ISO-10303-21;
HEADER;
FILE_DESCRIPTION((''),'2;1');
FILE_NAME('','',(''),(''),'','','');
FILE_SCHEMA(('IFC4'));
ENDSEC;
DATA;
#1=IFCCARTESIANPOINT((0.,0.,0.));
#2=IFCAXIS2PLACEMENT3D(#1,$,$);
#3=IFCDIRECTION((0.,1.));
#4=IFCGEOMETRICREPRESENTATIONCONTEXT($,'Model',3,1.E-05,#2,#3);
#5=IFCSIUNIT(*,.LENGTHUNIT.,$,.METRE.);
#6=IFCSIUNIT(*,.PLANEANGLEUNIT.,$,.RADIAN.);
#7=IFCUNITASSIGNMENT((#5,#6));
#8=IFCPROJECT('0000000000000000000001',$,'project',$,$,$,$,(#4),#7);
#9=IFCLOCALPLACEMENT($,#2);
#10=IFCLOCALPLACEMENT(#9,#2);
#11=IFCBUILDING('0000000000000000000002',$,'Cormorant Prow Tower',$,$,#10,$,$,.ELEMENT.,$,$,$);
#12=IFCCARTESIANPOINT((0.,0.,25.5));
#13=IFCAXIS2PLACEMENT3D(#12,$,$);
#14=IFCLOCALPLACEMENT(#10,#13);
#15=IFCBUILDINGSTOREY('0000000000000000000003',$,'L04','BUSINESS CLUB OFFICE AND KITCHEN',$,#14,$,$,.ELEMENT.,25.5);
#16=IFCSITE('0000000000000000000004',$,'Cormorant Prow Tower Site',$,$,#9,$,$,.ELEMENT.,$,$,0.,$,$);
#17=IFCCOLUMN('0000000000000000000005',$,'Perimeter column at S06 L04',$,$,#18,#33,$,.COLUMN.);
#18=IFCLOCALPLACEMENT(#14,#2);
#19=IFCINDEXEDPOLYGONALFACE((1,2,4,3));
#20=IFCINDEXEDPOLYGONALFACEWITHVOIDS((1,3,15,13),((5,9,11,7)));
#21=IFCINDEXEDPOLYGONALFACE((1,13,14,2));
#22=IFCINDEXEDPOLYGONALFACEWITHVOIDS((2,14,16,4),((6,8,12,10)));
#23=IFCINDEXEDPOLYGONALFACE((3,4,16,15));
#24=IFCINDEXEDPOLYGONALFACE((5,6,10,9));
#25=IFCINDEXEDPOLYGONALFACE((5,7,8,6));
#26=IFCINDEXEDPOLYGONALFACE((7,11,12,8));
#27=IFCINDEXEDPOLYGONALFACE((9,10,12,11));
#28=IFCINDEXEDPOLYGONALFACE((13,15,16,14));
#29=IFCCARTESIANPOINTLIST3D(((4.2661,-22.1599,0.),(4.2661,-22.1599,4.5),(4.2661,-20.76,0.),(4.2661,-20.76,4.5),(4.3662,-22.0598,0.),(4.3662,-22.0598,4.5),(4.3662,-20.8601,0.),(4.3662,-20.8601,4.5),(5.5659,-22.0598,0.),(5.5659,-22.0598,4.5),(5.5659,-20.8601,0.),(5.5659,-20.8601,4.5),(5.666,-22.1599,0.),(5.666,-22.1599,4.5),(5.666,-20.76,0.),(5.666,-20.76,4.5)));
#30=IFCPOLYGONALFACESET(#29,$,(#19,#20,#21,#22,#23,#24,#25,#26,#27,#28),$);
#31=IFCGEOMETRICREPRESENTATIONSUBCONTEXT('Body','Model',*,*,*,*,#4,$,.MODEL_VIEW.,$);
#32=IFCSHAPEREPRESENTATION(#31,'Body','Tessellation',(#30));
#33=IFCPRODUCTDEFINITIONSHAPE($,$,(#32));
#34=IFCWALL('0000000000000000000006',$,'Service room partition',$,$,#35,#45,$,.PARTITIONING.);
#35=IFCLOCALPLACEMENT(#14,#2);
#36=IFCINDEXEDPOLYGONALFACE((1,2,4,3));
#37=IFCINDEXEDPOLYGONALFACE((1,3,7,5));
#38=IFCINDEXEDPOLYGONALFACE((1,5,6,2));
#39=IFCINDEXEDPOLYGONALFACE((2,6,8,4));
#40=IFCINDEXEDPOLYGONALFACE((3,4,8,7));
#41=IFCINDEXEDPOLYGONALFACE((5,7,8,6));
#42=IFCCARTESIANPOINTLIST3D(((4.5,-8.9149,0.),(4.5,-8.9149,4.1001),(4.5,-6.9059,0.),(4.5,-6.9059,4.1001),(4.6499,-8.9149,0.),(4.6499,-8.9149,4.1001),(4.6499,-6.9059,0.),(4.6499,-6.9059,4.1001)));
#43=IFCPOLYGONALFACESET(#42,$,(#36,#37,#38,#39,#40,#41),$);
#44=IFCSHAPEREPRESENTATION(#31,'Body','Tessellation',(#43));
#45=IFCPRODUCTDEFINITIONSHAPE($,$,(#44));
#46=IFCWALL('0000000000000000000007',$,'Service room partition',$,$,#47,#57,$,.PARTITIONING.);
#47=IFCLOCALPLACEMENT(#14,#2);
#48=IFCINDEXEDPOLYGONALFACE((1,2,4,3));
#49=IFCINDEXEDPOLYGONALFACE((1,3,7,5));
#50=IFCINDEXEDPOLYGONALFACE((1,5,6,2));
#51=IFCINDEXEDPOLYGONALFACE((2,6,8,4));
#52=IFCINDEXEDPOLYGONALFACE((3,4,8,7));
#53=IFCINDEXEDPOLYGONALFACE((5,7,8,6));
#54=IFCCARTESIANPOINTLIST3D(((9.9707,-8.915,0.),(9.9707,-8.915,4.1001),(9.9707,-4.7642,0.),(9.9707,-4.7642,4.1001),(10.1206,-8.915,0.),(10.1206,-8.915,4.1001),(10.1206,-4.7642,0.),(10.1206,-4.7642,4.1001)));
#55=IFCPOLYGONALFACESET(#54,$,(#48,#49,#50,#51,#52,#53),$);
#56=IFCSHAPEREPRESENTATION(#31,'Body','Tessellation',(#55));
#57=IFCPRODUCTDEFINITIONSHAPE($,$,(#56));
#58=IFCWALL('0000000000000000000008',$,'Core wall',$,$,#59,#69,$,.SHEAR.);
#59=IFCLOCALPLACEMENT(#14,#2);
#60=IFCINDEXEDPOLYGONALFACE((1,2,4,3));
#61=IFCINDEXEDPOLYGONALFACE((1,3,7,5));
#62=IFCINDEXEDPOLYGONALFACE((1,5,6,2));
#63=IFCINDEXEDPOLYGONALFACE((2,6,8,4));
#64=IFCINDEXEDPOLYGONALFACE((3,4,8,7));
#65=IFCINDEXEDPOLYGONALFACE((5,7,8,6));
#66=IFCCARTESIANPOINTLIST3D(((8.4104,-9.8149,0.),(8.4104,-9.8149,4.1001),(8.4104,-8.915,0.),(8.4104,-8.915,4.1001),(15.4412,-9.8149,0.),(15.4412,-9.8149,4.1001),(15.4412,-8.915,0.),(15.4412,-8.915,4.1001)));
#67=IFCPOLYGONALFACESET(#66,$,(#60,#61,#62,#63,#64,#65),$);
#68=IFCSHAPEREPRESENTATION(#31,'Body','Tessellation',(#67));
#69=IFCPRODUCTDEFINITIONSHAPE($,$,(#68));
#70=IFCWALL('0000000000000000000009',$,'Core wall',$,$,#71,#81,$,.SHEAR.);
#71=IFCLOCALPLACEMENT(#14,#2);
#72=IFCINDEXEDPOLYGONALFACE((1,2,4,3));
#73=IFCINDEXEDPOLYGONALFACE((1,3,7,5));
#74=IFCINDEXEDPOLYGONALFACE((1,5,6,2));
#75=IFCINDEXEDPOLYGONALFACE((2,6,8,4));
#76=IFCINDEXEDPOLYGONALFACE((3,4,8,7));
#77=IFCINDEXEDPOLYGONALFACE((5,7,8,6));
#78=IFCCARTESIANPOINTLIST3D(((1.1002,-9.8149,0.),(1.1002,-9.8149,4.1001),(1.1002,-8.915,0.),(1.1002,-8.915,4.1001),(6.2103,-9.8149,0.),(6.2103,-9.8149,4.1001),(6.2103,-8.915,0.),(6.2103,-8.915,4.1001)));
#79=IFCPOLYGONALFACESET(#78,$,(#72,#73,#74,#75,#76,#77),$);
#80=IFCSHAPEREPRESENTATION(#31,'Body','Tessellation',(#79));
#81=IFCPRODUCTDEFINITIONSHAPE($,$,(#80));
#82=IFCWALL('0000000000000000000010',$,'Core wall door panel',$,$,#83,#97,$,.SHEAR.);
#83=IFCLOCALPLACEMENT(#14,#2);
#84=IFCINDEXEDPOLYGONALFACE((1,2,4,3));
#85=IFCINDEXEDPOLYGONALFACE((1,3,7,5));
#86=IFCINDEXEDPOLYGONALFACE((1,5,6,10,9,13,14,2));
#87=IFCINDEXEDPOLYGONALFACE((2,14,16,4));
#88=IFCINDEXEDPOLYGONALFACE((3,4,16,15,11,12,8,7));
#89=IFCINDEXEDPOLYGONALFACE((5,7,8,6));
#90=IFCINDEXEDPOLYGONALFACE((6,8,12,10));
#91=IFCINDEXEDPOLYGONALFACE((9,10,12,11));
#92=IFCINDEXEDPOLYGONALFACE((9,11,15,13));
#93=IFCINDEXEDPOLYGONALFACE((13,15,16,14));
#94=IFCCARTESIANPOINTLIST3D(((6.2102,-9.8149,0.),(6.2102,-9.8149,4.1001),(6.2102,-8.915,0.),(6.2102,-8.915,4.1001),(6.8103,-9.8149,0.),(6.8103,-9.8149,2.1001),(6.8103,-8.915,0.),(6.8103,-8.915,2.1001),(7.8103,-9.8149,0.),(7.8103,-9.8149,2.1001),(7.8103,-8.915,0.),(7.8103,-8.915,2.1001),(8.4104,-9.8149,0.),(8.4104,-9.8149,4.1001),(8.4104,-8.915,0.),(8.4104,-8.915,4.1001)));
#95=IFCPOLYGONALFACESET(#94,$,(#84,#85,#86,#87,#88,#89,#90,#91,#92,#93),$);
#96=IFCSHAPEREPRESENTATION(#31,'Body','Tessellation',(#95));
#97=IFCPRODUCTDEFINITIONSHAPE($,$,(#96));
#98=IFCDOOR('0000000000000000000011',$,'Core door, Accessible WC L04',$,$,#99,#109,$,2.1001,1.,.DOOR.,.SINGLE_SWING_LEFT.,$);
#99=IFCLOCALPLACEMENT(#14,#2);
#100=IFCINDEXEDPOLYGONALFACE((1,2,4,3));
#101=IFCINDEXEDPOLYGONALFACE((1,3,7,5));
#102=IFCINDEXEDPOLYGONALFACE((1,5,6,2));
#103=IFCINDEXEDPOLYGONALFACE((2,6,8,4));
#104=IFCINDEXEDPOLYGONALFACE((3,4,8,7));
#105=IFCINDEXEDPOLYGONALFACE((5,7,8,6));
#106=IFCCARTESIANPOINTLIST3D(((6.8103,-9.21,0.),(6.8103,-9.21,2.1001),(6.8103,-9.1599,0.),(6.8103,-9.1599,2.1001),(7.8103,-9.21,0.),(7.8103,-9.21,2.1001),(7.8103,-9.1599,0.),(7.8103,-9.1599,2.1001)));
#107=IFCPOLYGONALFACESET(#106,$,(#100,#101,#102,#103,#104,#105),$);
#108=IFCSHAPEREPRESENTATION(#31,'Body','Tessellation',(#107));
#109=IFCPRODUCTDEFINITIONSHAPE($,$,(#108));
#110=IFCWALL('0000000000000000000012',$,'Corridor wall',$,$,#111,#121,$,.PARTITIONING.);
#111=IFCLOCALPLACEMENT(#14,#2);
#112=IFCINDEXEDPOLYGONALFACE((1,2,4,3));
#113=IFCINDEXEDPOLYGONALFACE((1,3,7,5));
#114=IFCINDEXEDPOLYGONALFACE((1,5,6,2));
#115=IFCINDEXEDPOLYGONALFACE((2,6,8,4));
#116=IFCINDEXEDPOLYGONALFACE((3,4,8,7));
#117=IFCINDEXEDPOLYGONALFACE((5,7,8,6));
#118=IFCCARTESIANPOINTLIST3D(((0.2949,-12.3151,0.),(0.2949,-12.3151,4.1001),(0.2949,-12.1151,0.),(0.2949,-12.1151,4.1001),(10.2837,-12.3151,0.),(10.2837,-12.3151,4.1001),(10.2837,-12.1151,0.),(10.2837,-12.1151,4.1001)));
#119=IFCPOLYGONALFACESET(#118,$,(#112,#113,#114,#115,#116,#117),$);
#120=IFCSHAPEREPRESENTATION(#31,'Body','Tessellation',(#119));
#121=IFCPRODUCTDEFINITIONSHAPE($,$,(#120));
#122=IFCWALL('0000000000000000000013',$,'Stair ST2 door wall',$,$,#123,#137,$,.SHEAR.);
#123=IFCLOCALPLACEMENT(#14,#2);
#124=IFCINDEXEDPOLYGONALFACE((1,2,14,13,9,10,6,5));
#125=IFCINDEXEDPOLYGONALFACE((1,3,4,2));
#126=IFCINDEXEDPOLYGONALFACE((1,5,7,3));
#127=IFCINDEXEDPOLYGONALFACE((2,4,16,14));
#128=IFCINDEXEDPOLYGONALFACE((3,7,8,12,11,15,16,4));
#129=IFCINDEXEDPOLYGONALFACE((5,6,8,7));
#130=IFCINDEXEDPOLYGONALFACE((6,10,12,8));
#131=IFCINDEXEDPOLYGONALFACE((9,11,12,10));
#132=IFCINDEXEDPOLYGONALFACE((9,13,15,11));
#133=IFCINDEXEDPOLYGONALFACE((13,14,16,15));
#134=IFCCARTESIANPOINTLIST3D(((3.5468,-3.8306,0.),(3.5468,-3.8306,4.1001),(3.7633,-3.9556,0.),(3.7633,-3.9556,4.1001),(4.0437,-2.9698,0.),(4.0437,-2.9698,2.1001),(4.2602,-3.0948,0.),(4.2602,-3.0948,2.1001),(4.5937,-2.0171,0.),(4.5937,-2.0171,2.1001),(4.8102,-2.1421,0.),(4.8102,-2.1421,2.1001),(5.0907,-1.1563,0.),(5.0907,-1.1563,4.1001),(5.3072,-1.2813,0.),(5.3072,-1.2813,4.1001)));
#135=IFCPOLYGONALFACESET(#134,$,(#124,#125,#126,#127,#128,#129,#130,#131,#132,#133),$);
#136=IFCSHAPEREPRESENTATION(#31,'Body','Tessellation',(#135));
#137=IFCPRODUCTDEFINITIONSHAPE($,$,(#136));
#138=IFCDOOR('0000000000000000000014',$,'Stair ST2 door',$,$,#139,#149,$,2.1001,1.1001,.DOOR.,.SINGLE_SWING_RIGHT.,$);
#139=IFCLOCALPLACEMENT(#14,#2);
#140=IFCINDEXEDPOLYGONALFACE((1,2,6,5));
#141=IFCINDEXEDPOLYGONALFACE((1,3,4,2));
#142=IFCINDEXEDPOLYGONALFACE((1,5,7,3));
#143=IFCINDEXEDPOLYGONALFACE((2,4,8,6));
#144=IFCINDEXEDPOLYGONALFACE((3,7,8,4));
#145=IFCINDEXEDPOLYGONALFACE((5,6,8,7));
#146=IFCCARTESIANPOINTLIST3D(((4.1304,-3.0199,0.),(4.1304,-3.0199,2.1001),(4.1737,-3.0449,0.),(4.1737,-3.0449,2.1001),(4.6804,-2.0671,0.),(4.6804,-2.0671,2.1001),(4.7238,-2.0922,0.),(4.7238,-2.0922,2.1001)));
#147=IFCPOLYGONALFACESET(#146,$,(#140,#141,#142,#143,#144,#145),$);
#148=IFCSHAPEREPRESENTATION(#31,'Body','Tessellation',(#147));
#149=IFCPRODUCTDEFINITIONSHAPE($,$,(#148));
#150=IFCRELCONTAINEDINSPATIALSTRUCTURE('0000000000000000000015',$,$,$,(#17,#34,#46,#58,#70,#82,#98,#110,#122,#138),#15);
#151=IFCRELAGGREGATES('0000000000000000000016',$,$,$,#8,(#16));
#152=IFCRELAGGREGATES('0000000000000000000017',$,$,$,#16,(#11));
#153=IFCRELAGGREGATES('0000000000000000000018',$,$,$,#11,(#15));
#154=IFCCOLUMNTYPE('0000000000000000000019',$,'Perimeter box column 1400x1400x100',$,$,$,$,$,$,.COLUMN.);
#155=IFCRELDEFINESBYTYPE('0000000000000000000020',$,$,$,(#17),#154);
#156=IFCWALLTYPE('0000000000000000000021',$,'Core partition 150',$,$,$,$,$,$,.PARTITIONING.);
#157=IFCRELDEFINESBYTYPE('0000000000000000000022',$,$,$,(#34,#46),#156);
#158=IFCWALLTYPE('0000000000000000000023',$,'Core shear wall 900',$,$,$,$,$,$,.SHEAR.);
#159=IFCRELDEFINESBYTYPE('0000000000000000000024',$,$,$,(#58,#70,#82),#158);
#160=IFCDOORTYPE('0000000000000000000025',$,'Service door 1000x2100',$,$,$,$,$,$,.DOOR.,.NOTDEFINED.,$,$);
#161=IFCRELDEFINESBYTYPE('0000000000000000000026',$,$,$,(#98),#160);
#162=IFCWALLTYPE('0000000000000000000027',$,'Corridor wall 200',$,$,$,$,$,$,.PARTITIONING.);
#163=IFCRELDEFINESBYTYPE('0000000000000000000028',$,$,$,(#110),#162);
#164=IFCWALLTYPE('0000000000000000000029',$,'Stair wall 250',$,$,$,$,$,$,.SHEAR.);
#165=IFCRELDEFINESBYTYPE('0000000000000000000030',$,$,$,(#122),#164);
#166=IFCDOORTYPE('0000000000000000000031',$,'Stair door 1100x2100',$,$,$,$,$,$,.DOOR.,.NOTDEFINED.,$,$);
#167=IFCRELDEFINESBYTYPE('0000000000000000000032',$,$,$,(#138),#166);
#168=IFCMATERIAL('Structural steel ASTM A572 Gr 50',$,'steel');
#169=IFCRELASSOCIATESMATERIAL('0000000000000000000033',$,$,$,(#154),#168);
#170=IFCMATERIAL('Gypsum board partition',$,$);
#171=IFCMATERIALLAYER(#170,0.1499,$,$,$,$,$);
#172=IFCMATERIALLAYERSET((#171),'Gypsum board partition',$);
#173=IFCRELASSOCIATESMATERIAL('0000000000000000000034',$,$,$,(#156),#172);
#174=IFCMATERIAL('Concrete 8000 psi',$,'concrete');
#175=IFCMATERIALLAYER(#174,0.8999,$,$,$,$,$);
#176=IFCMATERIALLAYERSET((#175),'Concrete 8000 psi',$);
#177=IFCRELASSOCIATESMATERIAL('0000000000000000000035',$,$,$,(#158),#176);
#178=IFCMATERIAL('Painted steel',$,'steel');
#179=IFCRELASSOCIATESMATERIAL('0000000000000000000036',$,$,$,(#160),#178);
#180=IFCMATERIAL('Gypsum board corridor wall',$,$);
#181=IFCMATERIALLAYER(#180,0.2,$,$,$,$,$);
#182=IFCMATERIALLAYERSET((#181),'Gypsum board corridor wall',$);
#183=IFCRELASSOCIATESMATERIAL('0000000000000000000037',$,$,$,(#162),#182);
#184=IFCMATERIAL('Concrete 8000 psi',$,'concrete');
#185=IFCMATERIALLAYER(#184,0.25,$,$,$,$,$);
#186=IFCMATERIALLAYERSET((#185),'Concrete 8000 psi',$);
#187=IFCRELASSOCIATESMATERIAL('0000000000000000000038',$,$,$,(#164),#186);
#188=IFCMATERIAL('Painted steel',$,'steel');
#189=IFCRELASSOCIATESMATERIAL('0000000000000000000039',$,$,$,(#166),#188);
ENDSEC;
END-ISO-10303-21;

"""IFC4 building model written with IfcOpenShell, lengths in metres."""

from ifc_helpers import new_model, si_unit, direction, frame, frame_2d, origin, origin_2d, place, context, subcontext, project, spatial, rectangle, hollow_rectangle, extrude, material, layer, layer_set, material_profile, profile_set, type_object, element, fill, save


model = new_model("IFC4")

# Units and contexts
model_context = context("Model", 3, precision=1e-05, world=origin(), true_north=direction((0.0, 1.0)))
body_context = subcontext(model_context, "Body", "Model", "MODEL_VIEW")
ifc_project = project(units=[si_unit("LENGTHUNIT", "METRE"), si_unit("PLANEANGLEUNIT", "RADIAN")], contexts=[model_context])

# Site, building, storey
site_placement = place(None, origin())
site = spatial("IfcSite", under=ifc_project, at=site_placement, Name="Cormorant Prow Tower Site", CompositionType="ELEMENT", RefElevation=0.0)
building_placement = place(site_placement, origin())
building = spatial("IfcBuilding", under=site, at=building_placement, Name="Cormorant Prow Tower", CompositionType="ELEMENT")
storey_placement = place(building_placement, frame((0.0, 0.0, 25.5)))
storey = spatial("IfcBuildingStorey", under=building, at=storey_placement, Name="L04", Description="BUSINESS CLUB OFFICE AND KITCHEN", CompositionType="ELEMENT", Elevation=25.5)

# Column
ifc_material_1 = material(Name="Structural steel ASTM A572 Gr 50", Category="steel")
ifc_material_profile = material_profile(ifc_material_1, hollow_rectangle(XDim=1.3999, YDim=1.3999, WallThickness=0.1001, at=origin_2d()), Name="Box 1400x1400x100")
ifc_profile_set = profile_set([ifc_material_profile], Name="Structural steel ASTM A572 Gr 50")
column_type = type_object("IfcColumnType", Name="Perimeter box column 1400x1400x100", PredefinedType="COLUMN", material=ifc_profile_set)
column_placement = place(storey_placement, frame((4.9661, -21.46, 0.0), z_axis=(0.0, 0.0, 1.0), x_axis=(1.0, 0.0, 0.0)))
element("IfcColumn", 1, at=column_placement, inside=storey, type_object=column_type, Name="Perimeter column at S06 L04", PredefinedType="COLUMN", context=body_context, shape_type="SweptSolid", body=[
    extrude(hollow_rectangle(XDim=1.3999, YDim=1.3999, WallThickness=0.1001, at=origin_2d()), origin(), (0.0, 0.0, 1.0), 4.5),
])

# Walls
ifc_material_2 = material(Name="Gypsum board partition")
ifc_layer_1 = layer(ifc_material_2, 0.1499)
ifc_layer_set_1 = layer_set([ifc_layer_1], Name="Gypsum board partition")
wall_type_1 = type_object("IfcWallType", Name="Core partition 150", PredefinedType="PARTITIONING", material=ifc_layer_set_1)
wall_1_placement = place(storey_placement, frame((4.575, -6.906, 0.0), z_axis=(0.0, 0.0, 1.0), x_axis=(0.0, -1.0, 0.0)))
element("IfcWall", 2, at=wall_1_placement, inside=storey, type_object=wall_type_1, Name="Service room partition", PredefinedType="PARTITIONING", context=body_context, shape_type="SweptSolid", body=[
    extrude(rectangle(XDim=2.009, YDim=0.1499, at=frame_2d((1.0044, 0.0))), origin(), (0.0, 0.0, 1.0), 4.1001),
])
wall_2_placement = place(storey_placement, frame((10.0457, -8.915, 0.0), z_axis=(0.0, 0.0, 1.0), x_axis=(0.0, 1.0, 0.0)))
element("IfcWall", 3, at=wall_2_placement, inside=storey, type_object=wall_type_1, Name="Service room partition", PredefinedType="PARTITIONING", context=body_context, shape_type="SweptSolid", body=[
    extrude(rectangle(XDim=4.1509, YDim=0.1499, at=frame_2d((2.0754, 0.0))), origin(), (0.0, 0.0, 1.0), 4.1001),
])
ifc_material_3 = material(Name="Concrete 8000 psi", Category="concrete")
ifc_layer_2 = layer(ifc_material_3, 0.8999)
ifc_layer_set_2 = layer_set([ifc_layer_2], Name="Concrete 8000 psi")
wall_type_2 = type_object("IfcWallType", Name="Core shear wall 900", PredefinedType="SHEAR", material=ifc_layer_set_2)
wall_3_placement = place(storey_placement, frame((8.4104, -9.365, 0.0), z_axis=(0.0, 0.0, 1.0), x_axis=(1.0, 0.0, 0.0)))
element("IfcWall", 4, at=wall_3_placement, inside=storey, type_object=wall_type_2, Name="Core wall", PredefinedType="SHEAR", context=body_context, shape_type="SweptSolid", body=[
    extrude(rectangle(XDim=7.0308, YDim=0.8999, at=frame_2d((3.5154, 0.0))), origin(), (0.0, 0.0, 1.0), 4.1001),
])
wall_4_placement = place(storey_placement, frame((1.1001, -9.365, 0.0), z_axis=(0.0, 0.0, 1.0), x_axis=(1.0, 0.0, 0.0)))
element("IfcWall", 5, at=wall_4_placement, inside=storey, type_object=wall_type_2, Name="Core wall", PredefinedType="SHEAR", context=body_context, shape_type="SweptSolid", body=[
    extrude(rectangle(XDim=5.1101, YDim=0.8999, at=frame_2d((2.5552, 0.0))), origin(), (0.0, 0.0, 1.0), 4.1001),
])

# Wall, opening, door
wall_5_placement = place(storey_placement, frame((6.2102, -9.365, 0.0), z_axis=(0.0, 0.0, 1.0), x_axis=(1.0, 0.0, 0.0)))
wall_5 = element("IfcWall", 6, at=wall_5_placement, inside=storey, type_object=wall_type_2, Name="Core wall door panel", PredefinedType="SHEAR", context=body_context, shape_type="SweptSolid", body=[
    extrude(rectangle(XDim=2.2002, YDim=0.8999, at=frame_2d((1.1001, 0.0))), origin(), (0.0, 0.0, 1.0), 4.1001),
])
opening_1_placement = place(wall_5_placement, frame((0.6001, 0.0, 0.0)))
opening_1 = element("IfcOpeningElement", 7, at=opening_1_placement, cuts=wall_5, PredefinedType="OPENING", context=body_context, shape_type="SweptSolid", body=[
    extrude(rectangle(XDim=1.0, YDim=2.1001, at=frame_2d((0.5, 1.05))), frame((0.0, 0.46, 0.0), z_axis=(0.0, -1.0, 0.0), x_axis=(1.0, 0.0, 0.0)), (0.0, 0.0, 1.0), 0.9199),
])
ifc_material_4 = material(Name="Painted steel", Category="steel")
door_type_1 = type_object("IfcDoorType", Name="Service door 1000x2100", OperationType="NOTDEFINED", PredefinedType="DOOR", material=ifc_material_4)
door_1_placement = place(opening_1_placement, origin())
door_1 = element("IfcDoor", 8, at=door_1_placement, inside=storey, type_object=door_type_1, Name="Core door, Accessible WC L04", OperationType="SINGLE_SWING_LEFT", OverallHeight=2.1001, OverallWidth=1.0, PredefinedType="DOOR", context=body_context, shape_type="SweptSolid", body=[
    extrude(rectangle(XDim=1.0, YDim=2.1001, at=frame_2d((0.5, 1.05))), frame((0.0, 0.2051, 0.0), z_axis=(0.0, -1.0, 0.0), x_axis=(1.0, 0.0, 0.0)), (0.0, 0.0, 1.0), 0.05),
])
fill(opening_1, door_1)

# Wall
ifc_material_5 = material(Name="Gypsum board corridor wall")
ifc_layer_3 = layer(ifc_material_5, 0.2)
ifc_layer_set_3 = layer_set([ifc_layer_3], Name="Gypsum board corridor wall")
wall_type_3 = type_object("IfcWallType", Name="Corridor wall 200", PredefinedType="PARTITIONING", material=ifc_layer_set_3)
wall_6_placement = place(storey_placement, frame((0.2949, -12.2151, 0.0), z_axis=(0.0, 0.0, 1.0), x_axis=(1.0, 0.0, 0.0)))
element("IfcWall", 9, at=wall_6_placement, inside=storey, type_object=wall_type_3, Name="Corridor wall", PredefinedType="PARTITIONING", context=body_context, shape_type="SweptSolid", body=[
    extrude(rectangle(XDim=9.9888, YDim=0.2, at=frame_2d((4.9944, 0.0))), origin(), (0.0, 0.0, 1.0), 4.1001),
])

# Wall, opening, door
ifc_material_6 = material(Name="Concrete 8000 psi", Category="concrete")
ifc_layer_4 = layer(ifc_material_6, 0.25)
ifc_layer_set_4 = layer_set([ifc_layer_4], Name="Concrete 8000 psi")
wall_type_4 = type_object("IfcWallType", Name="Stair wall 250", PredefinedType="SHEAR", material=ifc_layer_set_4)
wall_7_placement = place(storey_placement, frame((3.655, -3.8931, 0.0), z_axis=(0.0, 0.0, 1.0), x_axis=(0.499983, 0.866035, 0.0)))
wall_7 = element("IfcWall", 10, at=wall_7_placement, inside=storey, type_object=wall_type_4, Name="Stair ST2 door wall", PredefinedType="SHEAR", context=body_context, shape_type="SweptSolid", body=[
    extrude(rectangle(XDim=3.0879, YDim=0.25, at=frame_2d((1.5439, 0.0))), origin(), (0.0, 0.0, 1.0), 4.1001),
])
opening_2_placement = place(wall_7_placement, frame((0.9939, 0.0, 0.0)))
opening_2 = element("IfcOpeningElement", 11, at=opening_2_placement, cuts=wall_7, PredefinedType="OPENING", context=body_context, shape_type="SweptSolid", body=[
    extrude(rectangle(XDim=1.1001, YDim=2.1001, at=frame_2d((0.55, 1.05))), frame((0.0, 0.135, 0.0), z_axis=(0.0, -1.0, 0.0), x_axis=(1.0, 0.0, 0.0)), (0.0, 0.0, 1.0), 0.27),
])
ifc_material_7 = material(Name="Painted steel", Category="steel")
door_type_2 = type_object("IfcDoorType", Name="Stair door 1100x2100", OperationType="NOTDEFINED", PredefinedType="DOOR", material=ifc_material_7)
door_2_placement = place(opening_2_placement, origin())
door_2 = element("IfcDoor", 12, at=door_2_placement, inside=storey, type_object=door_type_2, Name="Stair ST2 door", OperationType="SINGLE_SWING_RIGHT", OverallHeight=2.1001, OverallWidth=1.1001, PredefinedType="DOOR", context=body_context, shape_type="SweptSolid", body=[
    extrude(rectangle(XDim=1.1001, YDim=2.1001, at=frame_2d((0.55, 1.05))), frame((0.0, 0.0249, 0.0), z_axis=(0.0, -1.0, 0.0), x_axis=(1.0, 0.0, 0.0)), (0.0, 0.0, 1.0), 0.05),
])
fill(opening_2, door_2)

save(model, "model.ifc")
